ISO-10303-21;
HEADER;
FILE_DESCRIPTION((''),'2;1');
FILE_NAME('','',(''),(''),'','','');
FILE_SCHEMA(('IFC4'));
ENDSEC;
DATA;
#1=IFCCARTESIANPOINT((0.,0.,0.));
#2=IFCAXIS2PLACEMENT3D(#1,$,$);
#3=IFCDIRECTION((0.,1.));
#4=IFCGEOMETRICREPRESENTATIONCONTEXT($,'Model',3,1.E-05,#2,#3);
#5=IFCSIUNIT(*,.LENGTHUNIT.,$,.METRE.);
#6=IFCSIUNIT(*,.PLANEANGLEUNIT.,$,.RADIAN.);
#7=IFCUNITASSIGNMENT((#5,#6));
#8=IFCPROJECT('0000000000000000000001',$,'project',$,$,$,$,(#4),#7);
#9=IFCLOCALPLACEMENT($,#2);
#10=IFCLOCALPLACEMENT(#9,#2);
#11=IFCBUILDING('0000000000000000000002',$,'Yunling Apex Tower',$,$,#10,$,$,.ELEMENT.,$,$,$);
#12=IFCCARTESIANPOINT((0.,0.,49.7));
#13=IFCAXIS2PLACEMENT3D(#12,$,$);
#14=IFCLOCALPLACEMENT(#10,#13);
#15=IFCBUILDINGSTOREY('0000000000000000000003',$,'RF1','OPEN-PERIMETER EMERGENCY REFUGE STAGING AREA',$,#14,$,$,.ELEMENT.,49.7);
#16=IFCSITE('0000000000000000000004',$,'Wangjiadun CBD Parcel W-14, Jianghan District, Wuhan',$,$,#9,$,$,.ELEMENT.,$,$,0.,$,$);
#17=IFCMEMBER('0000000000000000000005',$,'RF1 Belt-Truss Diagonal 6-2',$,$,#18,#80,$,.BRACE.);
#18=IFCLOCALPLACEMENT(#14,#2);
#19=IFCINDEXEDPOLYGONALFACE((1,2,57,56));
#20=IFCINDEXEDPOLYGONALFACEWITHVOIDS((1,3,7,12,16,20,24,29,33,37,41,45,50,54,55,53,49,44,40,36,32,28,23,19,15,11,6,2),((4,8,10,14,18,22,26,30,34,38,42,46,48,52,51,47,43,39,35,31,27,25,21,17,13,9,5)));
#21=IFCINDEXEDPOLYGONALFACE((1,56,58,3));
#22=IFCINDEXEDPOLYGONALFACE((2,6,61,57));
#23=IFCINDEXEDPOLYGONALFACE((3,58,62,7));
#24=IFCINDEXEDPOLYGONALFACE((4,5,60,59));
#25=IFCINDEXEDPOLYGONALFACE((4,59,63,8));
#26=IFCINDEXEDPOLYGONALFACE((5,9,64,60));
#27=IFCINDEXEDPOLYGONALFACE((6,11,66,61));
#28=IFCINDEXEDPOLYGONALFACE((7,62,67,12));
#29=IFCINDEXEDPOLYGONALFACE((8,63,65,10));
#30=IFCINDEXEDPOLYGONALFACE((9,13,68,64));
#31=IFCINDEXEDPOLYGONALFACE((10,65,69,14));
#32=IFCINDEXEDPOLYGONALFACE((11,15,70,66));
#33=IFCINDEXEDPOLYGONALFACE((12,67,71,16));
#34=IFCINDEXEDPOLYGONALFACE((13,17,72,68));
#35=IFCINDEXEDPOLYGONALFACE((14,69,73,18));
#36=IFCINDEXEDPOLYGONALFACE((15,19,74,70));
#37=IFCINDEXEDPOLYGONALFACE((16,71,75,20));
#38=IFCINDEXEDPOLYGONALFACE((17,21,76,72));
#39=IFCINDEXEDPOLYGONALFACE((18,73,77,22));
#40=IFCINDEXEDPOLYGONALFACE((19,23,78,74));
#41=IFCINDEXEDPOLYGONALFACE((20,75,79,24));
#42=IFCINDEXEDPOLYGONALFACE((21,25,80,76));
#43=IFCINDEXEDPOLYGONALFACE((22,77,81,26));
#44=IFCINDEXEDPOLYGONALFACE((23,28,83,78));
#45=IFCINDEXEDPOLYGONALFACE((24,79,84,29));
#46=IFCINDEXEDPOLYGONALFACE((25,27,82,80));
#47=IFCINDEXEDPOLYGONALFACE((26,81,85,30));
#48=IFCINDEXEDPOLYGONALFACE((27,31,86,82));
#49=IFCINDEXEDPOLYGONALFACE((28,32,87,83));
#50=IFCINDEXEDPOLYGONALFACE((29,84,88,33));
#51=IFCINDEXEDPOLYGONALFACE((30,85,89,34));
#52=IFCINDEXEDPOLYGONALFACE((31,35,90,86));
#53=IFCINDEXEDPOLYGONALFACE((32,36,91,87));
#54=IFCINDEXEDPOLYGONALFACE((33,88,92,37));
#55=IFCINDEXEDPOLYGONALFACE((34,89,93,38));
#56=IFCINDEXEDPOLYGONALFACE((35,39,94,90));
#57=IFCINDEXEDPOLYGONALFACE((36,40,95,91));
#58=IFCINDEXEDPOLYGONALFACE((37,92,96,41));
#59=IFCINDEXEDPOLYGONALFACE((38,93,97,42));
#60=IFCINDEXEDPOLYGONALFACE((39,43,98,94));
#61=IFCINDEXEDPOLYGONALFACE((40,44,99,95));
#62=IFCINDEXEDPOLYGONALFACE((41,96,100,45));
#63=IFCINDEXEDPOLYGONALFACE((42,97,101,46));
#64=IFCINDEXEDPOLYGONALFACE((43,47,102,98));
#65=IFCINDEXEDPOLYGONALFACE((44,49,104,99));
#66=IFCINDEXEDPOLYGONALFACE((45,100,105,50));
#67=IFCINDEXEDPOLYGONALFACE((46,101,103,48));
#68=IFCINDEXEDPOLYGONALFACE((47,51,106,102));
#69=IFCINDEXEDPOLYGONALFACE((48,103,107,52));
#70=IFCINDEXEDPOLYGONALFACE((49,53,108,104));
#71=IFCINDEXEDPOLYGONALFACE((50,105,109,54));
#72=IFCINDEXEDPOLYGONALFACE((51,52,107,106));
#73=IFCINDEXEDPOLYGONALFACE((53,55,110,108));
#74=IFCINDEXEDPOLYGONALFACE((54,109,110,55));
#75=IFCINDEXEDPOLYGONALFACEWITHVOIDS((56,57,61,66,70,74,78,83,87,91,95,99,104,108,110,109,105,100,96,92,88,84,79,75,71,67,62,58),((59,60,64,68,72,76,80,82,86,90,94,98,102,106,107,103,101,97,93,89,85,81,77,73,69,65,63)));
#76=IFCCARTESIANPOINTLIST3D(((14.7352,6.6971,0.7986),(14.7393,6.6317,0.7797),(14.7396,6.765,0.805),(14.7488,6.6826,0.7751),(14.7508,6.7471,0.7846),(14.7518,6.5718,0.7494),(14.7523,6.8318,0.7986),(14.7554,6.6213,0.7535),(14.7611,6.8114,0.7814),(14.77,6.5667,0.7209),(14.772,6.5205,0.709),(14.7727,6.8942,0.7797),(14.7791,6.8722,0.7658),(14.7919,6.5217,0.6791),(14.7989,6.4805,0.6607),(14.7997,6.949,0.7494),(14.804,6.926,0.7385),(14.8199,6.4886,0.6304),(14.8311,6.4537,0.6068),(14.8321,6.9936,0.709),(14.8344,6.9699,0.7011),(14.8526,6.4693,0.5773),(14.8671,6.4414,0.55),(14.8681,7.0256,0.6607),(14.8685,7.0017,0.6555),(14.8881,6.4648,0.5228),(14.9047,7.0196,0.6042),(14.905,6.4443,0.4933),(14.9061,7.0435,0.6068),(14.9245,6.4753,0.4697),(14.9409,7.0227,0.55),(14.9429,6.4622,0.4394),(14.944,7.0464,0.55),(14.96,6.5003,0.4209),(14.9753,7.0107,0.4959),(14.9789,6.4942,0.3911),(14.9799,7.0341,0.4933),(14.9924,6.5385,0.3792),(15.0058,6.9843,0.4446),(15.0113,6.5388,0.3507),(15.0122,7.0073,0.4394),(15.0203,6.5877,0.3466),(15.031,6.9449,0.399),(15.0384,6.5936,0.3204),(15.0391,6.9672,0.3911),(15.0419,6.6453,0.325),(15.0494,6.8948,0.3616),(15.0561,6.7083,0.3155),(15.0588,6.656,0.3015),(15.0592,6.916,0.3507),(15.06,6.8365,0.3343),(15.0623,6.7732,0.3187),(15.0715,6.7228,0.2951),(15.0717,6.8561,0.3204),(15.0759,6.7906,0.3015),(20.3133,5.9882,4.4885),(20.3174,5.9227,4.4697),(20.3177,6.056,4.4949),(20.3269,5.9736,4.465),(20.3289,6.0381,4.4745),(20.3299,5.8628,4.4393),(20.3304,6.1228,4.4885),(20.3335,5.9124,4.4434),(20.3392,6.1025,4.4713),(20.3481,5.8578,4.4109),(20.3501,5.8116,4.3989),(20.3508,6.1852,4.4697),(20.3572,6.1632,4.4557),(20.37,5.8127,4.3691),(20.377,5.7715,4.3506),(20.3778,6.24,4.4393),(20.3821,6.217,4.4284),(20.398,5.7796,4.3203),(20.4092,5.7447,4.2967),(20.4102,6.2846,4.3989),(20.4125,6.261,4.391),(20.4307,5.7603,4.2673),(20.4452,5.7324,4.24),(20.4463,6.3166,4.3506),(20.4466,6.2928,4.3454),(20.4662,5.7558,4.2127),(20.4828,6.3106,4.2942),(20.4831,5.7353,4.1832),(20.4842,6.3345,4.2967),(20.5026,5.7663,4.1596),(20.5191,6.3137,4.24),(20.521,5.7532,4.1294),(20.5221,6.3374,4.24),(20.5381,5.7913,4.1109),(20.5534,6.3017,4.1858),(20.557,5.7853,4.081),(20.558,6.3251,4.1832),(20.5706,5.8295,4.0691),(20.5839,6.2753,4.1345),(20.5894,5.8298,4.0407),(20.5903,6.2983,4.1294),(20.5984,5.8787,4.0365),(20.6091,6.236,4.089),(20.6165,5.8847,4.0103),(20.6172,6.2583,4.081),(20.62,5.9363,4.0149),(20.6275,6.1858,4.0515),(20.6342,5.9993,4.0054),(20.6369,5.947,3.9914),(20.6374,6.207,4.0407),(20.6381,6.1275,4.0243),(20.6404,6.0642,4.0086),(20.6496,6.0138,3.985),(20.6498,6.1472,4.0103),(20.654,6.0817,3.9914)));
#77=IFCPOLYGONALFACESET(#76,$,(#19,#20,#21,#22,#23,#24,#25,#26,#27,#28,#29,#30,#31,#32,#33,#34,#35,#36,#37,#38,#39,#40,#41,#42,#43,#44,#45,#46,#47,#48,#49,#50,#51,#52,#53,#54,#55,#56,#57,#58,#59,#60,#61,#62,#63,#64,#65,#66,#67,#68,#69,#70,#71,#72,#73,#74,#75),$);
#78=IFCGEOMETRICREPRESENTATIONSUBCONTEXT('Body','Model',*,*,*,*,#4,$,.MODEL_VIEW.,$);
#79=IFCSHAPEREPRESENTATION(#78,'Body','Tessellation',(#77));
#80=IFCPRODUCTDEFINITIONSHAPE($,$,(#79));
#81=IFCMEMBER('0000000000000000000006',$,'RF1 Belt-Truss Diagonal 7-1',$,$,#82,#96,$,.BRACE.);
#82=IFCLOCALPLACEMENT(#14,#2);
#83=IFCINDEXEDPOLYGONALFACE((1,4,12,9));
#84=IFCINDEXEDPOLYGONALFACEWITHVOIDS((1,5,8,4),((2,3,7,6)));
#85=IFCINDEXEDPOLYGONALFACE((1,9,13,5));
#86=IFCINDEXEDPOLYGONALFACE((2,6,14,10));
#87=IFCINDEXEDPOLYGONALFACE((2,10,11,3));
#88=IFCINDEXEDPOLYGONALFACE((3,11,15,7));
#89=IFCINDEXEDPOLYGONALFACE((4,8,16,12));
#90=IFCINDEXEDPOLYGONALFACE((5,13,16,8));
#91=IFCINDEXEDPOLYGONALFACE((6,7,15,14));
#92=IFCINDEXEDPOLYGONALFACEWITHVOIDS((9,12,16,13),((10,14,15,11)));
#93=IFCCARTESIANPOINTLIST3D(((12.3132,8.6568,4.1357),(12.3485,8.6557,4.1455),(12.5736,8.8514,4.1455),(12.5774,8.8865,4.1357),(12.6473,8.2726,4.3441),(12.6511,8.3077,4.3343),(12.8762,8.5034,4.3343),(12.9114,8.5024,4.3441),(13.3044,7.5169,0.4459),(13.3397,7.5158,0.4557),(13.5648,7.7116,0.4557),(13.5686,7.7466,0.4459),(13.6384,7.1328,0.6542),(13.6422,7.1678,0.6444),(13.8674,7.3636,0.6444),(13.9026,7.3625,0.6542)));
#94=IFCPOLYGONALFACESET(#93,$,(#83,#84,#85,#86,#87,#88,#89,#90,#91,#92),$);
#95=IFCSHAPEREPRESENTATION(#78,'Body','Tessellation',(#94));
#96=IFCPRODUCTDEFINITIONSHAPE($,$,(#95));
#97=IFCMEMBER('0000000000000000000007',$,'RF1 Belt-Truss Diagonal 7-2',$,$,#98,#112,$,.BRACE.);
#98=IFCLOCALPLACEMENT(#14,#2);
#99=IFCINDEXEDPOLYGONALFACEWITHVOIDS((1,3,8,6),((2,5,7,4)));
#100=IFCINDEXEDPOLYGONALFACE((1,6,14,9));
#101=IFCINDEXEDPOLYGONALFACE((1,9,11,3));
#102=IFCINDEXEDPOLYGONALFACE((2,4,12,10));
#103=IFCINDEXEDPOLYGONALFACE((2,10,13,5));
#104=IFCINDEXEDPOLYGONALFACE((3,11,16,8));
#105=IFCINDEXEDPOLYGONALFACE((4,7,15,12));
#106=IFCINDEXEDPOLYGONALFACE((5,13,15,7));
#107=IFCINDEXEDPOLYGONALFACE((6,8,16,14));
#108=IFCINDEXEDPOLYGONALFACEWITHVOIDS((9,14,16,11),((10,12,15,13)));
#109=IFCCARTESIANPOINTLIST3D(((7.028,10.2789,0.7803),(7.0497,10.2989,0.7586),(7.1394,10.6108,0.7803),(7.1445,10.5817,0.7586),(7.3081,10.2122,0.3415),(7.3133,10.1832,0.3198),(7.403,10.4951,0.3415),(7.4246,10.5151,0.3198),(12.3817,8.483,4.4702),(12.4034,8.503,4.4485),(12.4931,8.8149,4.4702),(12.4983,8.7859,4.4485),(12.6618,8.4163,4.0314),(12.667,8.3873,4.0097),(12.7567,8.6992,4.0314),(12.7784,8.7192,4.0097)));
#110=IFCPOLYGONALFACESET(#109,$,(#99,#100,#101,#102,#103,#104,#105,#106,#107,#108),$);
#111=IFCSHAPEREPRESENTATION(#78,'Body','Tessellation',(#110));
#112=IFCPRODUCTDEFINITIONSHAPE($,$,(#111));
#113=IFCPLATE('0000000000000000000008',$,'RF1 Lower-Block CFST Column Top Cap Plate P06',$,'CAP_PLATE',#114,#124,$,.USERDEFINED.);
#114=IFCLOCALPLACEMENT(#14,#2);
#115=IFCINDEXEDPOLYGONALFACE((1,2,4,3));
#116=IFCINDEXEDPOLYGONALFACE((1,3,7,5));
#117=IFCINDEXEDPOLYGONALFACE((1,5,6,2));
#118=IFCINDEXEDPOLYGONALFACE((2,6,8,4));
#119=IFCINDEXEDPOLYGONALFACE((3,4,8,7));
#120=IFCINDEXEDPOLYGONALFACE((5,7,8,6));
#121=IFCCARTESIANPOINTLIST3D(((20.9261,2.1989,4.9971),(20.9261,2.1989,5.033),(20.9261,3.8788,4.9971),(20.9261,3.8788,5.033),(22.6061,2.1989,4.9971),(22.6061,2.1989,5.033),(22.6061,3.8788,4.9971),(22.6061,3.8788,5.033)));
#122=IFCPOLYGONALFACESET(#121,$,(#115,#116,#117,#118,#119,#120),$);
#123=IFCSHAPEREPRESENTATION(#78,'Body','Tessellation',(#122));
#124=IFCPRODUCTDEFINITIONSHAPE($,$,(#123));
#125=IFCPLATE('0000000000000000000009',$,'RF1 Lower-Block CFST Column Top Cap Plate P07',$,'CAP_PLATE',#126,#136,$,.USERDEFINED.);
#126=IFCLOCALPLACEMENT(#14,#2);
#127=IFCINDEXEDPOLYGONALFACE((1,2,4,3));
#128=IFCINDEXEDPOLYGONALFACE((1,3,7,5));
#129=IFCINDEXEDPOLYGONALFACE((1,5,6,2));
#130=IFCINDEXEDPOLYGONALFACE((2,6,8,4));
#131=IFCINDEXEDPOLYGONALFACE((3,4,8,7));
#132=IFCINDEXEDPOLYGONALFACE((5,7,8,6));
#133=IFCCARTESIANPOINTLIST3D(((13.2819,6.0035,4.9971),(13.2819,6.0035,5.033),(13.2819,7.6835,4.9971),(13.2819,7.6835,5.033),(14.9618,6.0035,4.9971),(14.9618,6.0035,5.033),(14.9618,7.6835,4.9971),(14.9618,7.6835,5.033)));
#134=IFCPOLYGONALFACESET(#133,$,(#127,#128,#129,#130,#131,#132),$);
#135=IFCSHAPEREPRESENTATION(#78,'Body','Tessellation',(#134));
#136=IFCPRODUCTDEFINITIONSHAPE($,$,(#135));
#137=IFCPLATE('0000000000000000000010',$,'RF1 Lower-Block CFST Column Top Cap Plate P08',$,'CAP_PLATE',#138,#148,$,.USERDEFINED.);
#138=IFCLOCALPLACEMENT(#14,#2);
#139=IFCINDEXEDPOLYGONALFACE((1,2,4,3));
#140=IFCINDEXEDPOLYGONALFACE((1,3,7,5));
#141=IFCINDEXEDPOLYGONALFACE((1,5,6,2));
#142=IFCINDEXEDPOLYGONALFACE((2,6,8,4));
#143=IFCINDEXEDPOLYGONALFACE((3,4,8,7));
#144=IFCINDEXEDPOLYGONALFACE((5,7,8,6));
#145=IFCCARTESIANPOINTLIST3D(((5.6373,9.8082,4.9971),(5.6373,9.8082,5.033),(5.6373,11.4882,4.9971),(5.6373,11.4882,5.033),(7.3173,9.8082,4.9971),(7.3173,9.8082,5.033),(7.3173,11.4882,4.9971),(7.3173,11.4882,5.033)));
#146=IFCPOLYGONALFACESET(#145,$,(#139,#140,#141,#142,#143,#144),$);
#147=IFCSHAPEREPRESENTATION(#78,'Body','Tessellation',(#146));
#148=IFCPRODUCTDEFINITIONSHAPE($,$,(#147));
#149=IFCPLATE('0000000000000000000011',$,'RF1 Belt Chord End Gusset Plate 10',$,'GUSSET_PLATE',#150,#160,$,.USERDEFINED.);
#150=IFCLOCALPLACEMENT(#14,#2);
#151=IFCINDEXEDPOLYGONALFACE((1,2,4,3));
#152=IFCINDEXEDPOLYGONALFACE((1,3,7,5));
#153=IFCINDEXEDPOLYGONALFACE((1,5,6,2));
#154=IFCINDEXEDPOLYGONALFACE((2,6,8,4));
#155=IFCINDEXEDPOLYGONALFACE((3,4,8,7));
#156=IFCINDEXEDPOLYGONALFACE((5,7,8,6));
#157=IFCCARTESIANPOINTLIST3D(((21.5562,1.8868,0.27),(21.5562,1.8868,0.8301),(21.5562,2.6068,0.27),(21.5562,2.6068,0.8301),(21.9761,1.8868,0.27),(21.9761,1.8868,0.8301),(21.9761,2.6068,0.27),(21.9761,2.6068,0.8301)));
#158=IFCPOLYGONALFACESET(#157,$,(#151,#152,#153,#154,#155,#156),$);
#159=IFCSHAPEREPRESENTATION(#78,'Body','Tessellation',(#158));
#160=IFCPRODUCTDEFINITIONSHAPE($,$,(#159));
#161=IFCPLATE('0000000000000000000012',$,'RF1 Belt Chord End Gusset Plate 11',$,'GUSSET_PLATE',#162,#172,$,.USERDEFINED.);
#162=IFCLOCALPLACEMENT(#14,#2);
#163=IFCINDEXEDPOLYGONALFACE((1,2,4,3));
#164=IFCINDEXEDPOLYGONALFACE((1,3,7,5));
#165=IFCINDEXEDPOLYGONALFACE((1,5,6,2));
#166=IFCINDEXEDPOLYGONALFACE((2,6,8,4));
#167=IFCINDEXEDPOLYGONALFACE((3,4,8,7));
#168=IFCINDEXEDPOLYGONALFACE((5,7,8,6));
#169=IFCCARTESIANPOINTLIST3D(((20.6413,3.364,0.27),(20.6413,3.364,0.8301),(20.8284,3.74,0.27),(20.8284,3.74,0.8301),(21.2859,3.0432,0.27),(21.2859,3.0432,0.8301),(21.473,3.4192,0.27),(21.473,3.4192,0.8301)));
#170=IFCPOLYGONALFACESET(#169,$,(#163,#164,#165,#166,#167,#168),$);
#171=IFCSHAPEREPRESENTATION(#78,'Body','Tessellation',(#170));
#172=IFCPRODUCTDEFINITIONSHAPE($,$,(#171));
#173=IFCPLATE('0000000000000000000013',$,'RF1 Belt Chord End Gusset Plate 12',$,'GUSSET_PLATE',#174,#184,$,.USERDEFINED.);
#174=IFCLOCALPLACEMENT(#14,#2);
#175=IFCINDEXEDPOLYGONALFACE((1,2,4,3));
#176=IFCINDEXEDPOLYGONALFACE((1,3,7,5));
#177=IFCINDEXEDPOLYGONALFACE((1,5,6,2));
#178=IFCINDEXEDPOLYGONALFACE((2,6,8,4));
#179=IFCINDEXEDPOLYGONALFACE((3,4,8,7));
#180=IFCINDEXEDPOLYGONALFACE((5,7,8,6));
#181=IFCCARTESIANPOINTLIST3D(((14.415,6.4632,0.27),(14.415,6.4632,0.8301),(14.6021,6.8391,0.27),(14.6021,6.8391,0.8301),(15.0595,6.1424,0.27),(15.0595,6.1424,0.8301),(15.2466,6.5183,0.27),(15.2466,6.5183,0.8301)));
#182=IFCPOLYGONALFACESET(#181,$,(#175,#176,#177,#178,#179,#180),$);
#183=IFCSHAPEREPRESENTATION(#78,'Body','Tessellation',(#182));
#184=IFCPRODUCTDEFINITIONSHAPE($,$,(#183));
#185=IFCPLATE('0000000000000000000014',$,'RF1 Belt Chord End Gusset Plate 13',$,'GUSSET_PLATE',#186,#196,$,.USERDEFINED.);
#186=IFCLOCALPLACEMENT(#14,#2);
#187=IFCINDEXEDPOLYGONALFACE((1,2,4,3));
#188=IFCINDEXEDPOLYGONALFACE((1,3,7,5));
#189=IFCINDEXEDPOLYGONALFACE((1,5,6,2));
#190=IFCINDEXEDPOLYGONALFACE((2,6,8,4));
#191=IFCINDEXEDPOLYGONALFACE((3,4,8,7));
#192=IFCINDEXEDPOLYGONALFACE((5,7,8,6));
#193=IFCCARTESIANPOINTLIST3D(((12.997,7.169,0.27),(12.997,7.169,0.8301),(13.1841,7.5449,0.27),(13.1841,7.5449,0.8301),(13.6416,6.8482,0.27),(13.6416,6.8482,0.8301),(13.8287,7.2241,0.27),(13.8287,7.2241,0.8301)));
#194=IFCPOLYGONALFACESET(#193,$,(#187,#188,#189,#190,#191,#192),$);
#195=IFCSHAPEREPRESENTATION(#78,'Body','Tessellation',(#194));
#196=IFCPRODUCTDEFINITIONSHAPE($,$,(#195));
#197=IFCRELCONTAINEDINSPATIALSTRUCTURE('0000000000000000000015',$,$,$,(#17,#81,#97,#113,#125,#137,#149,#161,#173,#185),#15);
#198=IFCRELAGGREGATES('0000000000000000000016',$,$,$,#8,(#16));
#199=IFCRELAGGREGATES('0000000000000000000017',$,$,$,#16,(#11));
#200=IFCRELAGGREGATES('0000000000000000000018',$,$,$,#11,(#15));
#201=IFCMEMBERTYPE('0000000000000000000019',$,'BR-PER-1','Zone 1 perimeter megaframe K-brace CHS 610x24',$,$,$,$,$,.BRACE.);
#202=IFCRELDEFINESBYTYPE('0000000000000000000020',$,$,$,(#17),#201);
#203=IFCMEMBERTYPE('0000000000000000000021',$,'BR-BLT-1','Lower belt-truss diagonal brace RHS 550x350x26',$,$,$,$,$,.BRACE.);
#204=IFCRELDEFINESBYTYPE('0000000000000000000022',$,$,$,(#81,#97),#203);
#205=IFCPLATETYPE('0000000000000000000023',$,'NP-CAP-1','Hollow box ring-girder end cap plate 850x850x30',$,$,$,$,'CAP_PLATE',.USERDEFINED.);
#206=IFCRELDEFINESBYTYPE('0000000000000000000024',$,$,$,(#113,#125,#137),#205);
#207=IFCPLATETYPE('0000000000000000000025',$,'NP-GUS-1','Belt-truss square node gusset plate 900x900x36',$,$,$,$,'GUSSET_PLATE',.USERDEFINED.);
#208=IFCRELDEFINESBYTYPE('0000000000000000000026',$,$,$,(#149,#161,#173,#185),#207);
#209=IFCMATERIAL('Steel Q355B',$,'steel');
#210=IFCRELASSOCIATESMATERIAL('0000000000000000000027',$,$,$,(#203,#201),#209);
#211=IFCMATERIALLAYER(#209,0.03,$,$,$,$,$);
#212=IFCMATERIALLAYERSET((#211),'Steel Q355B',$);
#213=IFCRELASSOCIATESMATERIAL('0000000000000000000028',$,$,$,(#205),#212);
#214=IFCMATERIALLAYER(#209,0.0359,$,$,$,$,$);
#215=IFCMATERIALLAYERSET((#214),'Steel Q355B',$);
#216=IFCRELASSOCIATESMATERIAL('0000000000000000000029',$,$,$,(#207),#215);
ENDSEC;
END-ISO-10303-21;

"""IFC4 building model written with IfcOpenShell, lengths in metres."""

from ifc_helpers import new_model, si_unit, direction, frame, origin, origin_2d, place, context, subcontext, project, spatial, rectangle, hollow_rectangle, hollow_circle, extrude, source, transform, mapped, material, layer, layer_set, material_profile, profile_set, type_object, element, save


model = new_model("IFC4")

# Units and contexts
model_context = context("Model", 3, precision=1e-05, world=origin(), true_north=direction((0.0, 1.0)))
body_context = subcontext(model_context, "Body", "Model", "MODEL_VIEW")
ifc_project = project(units=[si_unit("LENGTHUNIT", "METRE"), si_unit("PLANEANGLEUNIT", "RADIAN")], contexts=[model_context])

# Site, building, storey
site_placement = place(None, origin())
site = spatial("IfcSite", under=ifc_project, at=site_placement, Name="Wangjiadun CBD Parcel W-14, Jianghan District, Wuhan", CompositionType="ELEMENT", RefElevation=0.0)
building_placement = place(site_placement, origin())
building = spatial("IfcBuilding", under=site, at=building_placement, Name="Yunling Apex Tower", CompositionType="ELEMENT")
storey_placement = place(building_placement, frame((0.0, 0.0, 49.7)))
storey = spatial("IfcBuildingStorey", under=building, at=storey_placement, Name="RF1", Description="OPEN-PERIMETER EMERGENCY REFUGE STAGING AREA", CompositionType="ELEMENT", Elevation=49.7)

# Members
ifc_material_1 = material(Name="Steel Q355B", Category="steel")
ifc_material_profile_1 = material_profile(ifc_material_1, hollow_rectangle(XDim=0.3501, YDim=0.55, WallThickness=0.0259, at=origin_2d()))
ifc_profile_set_1 = profile_set([ifc_material_profile_1], Name="Steel Q355B")
member_type_1 = type_object("IfcMemberType", Name="BR-BLT-1", Description="Lower belt-truss diagonal brace RHS 550x350x26", PredefinedType="BRACE", material=ifc_profile_set_1)
ifc_material_profile_2 = material_profile(ifc_material_1, hollow_circle(Radius=0.3049, WallThickness=0.0239, at=origin_2d()))
ifc_profile_set_2 = profile_set([ifc_material_profile_2], Name="Steel Q355B")
member_type_2 = type_object("IfcMemberType", Name="BR-PER-1", Description="Zone 1 perimeter megaframe K-brace CHS 610x24", PredefinedType="BRACE", material=ifc_profile_set_2)
shared_shape_1 = source(origin(), body_context, "Body", "SweptSolid", [
    extrude(hollow_circle(Radius=0.3049, WallThickness=0.0239, at=origin_2d()), origin(), (0.0, 0.0, 1.0), 6.7256),
])
member_1_placement = place(storey_placement, frame((14.9055, 6.7439, 0.55), z_axis=(0.829386, -0.105416, 0.548641), x_axis=(0.126086, 0.992019, 0.0)))
element("IfcMember", 1, at=member_1_placement, inside=storey, type_object=member_type_2, Name="RF1 Belt-Truss Diagonal 6-2", PredefinedType="BRACE", context=body_context, shape_type="MappedRepresentation", body=[
    mapped(shared_shape_1, transform((0.0, 0.0, 0.0), scale=1.0)),
])
shared_shape_2 = source(origin(), body_context, "Body", "SweptSolid", [
    extrude(hollow_rectangle(XDim=0.3501, YDim=0.55, WallThickness=0.0259, at=origin_2d()), origin(), (0.0, 0.0, 1.0), 3.9871),
])
member_2_placement = place(storey_placement, frame((13.6035, 7.4397, 0.55), z_axis=(-0.2486, 0.28589, 0.925454), x_axis=(-0.754606, -0.656179, 0.0)))
element("IfcMember", 2, at=member_2_placement, inside=storey, type_object=member_type_1, Name="RF1 Belt-Truss Diagonal 7-1", PredefinedType="BRACE", context=body_context, shape_type="MappedRepresentation", body=[
    mapped(shared_shape_2, transform((0.0, 0.0, 0.0), scale=1.0)),
])
shared_shape_3 = source(origin(), body_context, "Body", "SweptSolid", [
    extrude(hollow_rectangle(XDim=0.3501, YDim=0.55, WallThickness=0.0259, at=origin_2d()), origin(), (0.0, 0.0, 1.0), 6.7456),
])
member_3_placement = place(storey_placement, frame((7.2263, 10.397, 0.55), z_axis=(0.793662, -0.266231, 0.547011), x_axis=(0.31803, 0.948081, 0.0)))
element("IfcMember", 3, at=member_3_placement, inside=storey, type_object=member_type_1, Name="RF1 Belt-Truss Diagonal 7-2", PredefinedType="BRACE", context=body_context, shape_type="MappedRepresentation", body=[
    mapped(shared_shape_3, transform((0.0, 0.0, 0.0), scale=1.0)),
])

# Plates
ifc_layer_1 = layer(ifc_material_1, 0.03)
ifc_layer_set_1 = layer_set([ifc_layer_1], Name="Steel Q355B")
plate_type_1 = type_object("IfcPlateType", Name="NP-CAP-1", Description="Hollow box ring-girder end cap plate 850x850x30", ElementType="CAP_PLATE", PredefinedType="USERDEFINED", material=ifc_layer_set_1)
shared_shape_4 = source(origin(), body_context, "Body", "SweptSolid", [
    extrude(rectangle(XDim=1.6799, YDim=1.6799, at=origin_2d()), origin(), (0.0, 0.0, 1.0), 0.0359),
])
for number, where, z_axis, x_axis, name in (
    (4, (21.7661, 3.0388, 4.9971), (0.0, 0.0, 1.0), (1.0, 0.0, 0.0), "RF1 Lower-Block CFST Column Top Cap Plate P06"),
    (5, (14.1218, 6.8435, 4.9971), (0.0, 0.0, 1.0), (1.0, 0.0, 0.0), "RF1 Lower-Block CFST Column Top Cap Plate P07"),
    (6, (6.4773, 10.6482, 4.9971), (0.0, 0.0, 1.0), (1.0, 0.0, 0.0), "RF1 Lower-Block CFST Column Top Cap Plate P08"),
):
    element("IfcPlate", number, at=place(storey_placement, frame(where, z_axis=z_axis, x_axis=x_axis)), inside=storey, type_object=plate_type_1, Name=name, ObjectType="CAP_PLATE", PredefinedType="USERDEFINED", context=body_context, shape_type="MappedRepresentation", body=[
        mapped(shared_shape_4, transform((0.0, 0.0, 0.0), scale=1.0)),
    ])
ifc_layer_2 = layer(ifc_material_1, 0.0359)
ifc_layer_set_2 = layer_set([ifc_layer_2], Name="Steel Q355B")
plate_type_2 = type_object("IfcPlateType", Name="NP-GUS-1", Description="Belt-truss square node gusset plate 900x900x36", ElementType="GUSSET_PLATE", PredefinedType="USERDEFINED", material=ifc_layer_set_2)
shared_shape_5 = source(origin(), body_context, "Body", "SweptSolid", [
    extrude(rectangle(XDim=0.72, YDim=0.4199, at=origin_2d()), origin(), (0.0, 0.0, 1.0), 0.5601),
])
for number, where, z_axis, x_axis, name in (
    (7, (21.7661, 2.2468, 0.27), (0.0, 0.0, 1.0), (0.0, 1.0, 0.0), "RF1 Belt Chord End Gusset Plate 10"),
    (8, (21.0571, 3.3916, 0.27), (0.0, 0.0, 1.0), (-0.895246, 0.445573, 0.0), "RF1 Belt Chord End Gusset Plate 11"),
    (9, (14.8308, 6.4907, 0.27), (0.0, 0.0, 1.0), (-0.895246, 0.445573, 0.0), "RF1 Belt Chord End Gusset Plate 12"),
    (10, (13.4128, 7.1965, 0.27), (0.0, 0.0, 1.0), (-0.895246, 0.445573, 0.0), "RF1 Belt Chord End Gusset Plate 13"),
):
    element("IfcPlate", number, at=place(storey_placement, frame(where, z_axis=z_axis, x_axis=x_axis)), inside=storey, type_object=plate_type_2, Name=name, ObjectType="GUSSET_PLATE", PredefinedType="USERDEFINED", context=body_context, shape_type="MappedRepresentation", body=[
        mapped(shared_shape_5, transform((0.0, 0.0, 0.0), scale=1.0)),
    ])

save(model, "model.ifc")
